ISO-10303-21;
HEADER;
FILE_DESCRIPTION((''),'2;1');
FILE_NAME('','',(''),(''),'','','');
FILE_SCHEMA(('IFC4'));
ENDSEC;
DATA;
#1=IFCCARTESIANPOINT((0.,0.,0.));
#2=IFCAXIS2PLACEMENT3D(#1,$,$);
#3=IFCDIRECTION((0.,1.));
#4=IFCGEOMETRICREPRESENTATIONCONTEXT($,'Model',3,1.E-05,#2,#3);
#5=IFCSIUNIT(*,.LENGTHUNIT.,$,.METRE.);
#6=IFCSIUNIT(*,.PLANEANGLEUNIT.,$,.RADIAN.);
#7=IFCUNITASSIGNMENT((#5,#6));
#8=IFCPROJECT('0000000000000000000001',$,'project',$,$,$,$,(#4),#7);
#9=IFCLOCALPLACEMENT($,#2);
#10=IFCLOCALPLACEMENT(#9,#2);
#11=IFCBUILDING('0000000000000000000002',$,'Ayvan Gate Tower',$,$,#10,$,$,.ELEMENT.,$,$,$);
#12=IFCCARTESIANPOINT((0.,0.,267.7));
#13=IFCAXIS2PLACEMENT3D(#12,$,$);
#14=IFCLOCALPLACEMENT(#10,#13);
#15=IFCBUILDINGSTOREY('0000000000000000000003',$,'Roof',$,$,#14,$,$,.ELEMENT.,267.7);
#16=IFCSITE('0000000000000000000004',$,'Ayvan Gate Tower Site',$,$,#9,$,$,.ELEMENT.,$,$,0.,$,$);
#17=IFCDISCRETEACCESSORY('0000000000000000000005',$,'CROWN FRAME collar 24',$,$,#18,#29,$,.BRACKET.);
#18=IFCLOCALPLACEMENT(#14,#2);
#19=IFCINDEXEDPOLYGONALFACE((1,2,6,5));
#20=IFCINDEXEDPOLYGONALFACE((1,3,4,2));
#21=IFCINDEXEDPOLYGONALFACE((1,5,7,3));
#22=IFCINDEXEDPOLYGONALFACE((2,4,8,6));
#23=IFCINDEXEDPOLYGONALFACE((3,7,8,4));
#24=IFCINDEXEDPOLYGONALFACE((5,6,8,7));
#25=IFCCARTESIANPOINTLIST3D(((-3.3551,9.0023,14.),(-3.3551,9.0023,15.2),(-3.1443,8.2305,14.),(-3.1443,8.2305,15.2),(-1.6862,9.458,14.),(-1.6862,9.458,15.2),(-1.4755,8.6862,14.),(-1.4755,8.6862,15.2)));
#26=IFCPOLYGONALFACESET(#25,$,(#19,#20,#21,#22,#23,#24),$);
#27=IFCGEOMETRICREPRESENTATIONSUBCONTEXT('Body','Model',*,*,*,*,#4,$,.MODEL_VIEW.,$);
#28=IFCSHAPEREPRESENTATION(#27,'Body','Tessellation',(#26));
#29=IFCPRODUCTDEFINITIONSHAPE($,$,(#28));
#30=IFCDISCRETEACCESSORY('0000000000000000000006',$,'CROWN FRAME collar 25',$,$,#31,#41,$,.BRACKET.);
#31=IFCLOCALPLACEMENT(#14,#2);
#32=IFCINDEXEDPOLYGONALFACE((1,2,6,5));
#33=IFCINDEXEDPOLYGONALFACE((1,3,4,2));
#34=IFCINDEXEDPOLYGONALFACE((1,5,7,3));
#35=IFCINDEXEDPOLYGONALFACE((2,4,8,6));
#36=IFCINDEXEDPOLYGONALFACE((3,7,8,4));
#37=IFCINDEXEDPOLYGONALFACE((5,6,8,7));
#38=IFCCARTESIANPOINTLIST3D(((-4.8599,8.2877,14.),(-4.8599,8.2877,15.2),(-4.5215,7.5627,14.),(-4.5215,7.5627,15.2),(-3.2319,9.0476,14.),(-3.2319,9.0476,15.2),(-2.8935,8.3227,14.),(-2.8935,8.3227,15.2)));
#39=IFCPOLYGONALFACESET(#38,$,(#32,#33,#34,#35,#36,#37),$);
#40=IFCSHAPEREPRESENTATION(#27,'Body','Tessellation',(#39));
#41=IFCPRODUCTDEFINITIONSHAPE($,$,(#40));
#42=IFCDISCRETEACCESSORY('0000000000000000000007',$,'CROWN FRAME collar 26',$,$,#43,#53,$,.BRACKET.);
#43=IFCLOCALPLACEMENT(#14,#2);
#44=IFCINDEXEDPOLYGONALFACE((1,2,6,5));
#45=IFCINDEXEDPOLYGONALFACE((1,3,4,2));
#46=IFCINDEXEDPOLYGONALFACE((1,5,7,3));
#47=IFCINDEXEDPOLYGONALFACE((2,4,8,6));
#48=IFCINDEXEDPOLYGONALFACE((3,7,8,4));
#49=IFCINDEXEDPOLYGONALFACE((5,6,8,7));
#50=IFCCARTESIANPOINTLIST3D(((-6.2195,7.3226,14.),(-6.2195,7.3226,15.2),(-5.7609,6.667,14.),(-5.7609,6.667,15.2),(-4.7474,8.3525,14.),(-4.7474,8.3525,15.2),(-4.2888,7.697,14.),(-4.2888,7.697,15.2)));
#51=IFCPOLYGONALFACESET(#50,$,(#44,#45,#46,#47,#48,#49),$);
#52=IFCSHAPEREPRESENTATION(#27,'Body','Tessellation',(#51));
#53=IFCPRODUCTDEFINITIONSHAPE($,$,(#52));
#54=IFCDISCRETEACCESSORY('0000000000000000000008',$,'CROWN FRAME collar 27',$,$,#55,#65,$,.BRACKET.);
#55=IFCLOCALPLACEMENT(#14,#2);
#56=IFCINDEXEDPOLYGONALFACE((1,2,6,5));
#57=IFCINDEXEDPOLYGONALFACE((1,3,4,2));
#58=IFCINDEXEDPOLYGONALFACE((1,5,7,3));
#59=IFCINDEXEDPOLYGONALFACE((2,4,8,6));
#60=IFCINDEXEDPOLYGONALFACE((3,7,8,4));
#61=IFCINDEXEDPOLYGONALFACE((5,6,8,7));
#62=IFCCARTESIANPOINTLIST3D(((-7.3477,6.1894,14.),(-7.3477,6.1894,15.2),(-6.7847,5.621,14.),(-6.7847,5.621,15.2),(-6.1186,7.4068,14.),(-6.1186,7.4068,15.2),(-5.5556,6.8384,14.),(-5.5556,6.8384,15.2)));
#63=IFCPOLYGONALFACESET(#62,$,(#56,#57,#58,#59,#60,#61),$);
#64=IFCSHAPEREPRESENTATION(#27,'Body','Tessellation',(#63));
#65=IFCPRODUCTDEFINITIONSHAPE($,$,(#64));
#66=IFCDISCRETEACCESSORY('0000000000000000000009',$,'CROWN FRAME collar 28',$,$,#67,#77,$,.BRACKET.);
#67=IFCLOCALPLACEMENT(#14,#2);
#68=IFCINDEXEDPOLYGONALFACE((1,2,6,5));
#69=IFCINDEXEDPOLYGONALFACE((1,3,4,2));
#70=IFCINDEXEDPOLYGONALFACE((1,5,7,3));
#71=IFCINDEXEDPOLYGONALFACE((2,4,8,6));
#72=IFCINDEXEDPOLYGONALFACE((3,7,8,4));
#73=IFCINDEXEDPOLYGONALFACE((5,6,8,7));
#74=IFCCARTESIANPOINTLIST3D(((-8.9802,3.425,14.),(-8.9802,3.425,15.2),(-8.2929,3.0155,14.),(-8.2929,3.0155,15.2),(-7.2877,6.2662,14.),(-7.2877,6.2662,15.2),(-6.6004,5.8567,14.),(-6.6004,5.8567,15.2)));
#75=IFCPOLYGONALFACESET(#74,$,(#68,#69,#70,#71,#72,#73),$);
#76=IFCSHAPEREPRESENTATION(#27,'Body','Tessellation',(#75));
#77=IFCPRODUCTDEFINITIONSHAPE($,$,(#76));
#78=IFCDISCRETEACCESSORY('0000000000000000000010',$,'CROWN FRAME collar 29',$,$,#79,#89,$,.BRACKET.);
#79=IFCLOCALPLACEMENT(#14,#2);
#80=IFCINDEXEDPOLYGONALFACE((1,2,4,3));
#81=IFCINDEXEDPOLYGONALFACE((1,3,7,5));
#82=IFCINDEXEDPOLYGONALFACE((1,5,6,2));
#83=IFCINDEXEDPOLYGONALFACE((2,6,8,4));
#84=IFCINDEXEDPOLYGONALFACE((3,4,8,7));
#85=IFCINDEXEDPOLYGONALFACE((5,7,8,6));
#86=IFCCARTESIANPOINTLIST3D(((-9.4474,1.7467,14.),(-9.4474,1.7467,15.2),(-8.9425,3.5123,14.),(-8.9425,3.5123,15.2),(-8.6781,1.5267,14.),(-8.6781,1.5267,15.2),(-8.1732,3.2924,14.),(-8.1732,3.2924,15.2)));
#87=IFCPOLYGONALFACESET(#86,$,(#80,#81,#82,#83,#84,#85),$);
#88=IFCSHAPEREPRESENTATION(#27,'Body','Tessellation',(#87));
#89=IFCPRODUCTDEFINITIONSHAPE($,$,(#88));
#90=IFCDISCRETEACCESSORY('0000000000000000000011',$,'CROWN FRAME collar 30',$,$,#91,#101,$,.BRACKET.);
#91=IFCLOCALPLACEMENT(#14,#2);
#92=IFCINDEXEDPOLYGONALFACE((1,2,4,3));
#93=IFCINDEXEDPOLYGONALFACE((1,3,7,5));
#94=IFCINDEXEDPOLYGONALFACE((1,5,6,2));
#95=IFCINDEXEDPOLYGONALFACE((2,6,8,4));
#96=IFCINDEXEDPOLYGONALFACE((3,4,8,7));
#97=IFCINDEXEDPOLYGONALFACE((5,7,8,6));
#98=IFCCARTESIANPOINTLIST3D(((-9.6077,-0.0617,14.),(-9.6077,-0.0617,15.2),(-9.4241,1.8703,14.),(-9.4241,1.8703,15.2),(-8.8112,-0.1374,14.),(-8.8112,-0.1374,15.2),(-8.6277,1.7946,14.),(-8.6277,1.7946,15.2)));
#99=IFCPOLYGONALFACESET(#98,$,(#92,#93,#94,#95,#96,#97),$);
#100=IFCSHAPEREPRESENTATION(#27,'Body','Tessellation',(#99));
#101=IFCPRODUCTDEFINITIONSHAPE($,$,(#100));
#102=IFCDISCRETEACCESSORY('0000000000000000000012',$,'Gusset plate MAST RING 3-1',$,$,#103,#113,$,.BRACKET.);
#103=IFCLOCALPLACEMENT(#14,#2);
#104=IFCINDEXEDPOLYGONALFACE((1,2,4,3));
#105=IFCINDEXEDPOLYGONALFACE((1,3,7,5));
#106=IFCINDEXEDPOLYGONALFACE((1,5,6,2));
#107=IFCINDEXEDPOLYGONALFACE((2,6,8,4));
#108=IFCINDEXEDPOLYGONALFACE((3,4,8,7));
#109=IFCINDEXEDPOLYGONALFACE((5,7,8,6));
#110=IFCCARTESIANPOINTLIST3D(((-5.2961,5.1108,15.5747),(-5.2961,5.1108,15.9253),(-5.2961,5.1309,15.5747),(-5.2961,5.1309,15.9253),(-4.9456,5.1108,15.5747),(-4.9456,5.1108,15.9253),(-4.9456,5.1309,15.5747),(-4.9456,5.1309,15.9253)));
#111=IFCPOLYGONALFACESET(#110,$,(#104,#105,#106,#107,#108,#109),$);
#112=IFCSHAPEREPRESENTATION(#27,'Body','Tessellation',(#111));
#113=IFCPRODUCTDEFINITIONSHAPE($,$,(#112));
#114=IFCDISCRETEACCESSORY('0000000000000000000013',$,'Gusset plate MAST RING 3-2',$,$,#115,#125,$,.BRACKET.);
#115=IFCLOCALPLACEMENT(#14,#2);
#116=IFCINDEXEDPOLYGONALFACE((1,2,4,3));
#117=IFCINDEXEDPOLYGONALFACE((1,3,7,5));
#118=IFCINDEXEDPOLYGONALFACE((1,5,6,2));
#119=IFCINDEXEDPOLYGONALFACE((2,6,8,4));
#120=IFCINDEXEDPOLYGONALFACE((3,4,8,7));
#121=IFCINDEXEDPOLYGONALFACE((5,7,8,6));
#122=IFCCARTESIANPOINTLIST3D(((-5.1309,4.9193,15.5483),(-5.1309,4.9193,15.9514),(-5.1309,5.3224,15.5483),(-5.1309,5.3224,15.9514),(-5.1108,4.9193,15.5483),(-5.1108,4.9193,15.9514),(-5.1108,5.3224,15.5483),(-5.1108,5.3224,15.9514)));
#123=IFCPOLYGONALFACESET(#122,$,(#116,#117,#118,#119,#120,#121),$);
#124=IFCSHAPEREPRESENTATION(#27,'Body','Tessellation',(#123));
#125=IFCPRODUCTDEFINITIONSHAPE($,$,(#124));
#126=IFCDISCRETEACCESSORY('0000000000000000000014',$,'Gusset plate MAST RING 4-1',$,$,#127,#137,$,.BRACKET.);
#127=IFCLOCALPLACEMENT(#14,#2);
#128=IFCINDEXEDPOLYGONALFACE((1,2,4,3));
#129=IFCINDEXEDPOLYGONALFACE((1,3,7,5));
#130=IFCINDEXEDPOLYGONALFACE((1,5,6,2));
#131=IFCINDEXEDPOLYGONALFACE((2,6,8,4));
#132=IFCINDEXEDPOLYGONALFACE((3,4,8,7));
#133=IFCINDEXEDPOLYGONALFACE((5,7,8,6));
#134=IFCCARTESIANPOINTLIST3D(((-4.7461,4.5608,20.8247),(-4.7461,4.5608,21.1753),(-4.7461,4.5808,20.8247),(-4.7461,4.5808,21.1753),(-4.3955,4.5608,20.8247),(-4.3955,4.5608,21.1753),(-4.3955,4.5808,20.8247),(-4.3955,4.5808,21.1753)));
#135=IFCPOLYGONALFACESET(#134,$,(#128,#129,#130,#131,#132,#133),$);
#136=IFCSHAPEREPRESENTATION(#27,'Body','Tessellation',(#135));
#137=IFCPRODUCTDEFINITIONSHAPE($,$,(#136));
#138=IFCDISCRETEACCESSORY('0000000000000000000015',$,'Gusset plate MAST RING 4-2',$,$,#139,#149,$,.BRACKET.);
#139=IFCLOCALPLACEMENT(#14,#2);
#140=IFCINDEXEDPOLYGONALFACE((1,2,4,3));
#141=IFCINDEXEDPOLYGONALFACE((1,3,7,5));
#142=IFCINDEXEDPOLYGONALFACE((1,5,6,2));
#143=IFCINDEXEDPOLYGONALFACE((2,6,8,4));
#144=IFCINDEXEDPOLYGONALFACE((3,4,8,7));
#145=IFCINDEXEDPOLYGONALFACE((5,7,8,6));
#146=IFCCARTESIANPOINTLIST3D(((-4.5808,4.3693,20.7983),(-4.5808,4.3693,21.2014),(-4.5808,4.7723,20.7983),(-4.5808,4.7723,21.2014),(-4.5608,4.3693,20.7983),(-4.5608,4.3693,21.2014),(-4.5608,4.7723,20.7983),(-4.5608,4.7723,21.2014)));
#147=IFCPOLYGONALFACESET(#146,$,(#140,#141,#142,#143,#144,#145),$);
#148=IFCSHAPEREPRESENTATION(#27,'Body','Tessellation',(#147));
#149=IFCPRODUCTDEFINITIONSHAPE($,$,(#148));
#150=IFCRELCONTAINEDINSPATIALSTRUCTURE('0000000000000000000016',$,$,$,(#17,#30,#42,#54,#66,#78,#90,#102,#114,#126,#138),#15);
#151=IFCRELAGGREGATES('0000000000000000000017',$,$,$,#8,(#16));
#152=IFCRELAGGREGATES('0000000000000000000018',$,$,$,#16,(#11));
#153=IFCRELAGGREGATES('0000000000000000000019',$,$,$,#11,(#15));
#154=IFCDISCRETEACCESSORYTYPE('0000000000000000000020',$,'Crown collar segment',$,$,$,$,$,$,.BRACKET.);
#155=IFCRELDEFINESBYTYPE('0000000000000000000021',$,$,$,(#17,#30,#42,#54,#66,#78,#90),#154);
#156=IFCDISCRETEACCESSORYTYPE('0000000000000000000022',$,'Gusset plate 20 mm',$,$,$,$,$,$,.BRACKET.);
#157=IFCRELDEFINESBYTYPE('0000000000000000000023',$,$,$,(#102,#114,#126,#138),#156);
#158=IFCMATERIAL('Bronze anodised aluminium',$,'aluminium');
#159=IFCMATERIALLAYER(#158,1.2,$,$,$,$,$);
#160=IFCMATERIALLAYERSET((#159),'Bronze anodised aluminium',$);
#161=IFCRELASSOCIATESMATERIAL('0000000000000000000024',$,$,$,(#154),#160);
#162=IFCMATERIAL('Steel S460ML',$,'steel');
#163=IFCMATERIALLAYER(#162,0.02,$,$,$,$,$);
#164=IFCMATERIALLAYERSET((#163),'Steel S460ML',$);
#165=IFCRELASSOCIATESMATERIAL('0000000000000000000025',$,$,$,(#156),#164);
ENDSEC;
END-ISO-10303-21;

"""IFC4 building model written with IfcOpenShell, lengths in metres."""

from ifc_helpers import new_model, si_unit, direction, frame, origin, origin_2d, place, context, subcontext, project, spatial, rectangle, extrude, material, layer, layer_set, type_object, element, save


model = new_model("IFC4")

# Units and contexts
model_context = context("Model", 3, precision=1e-05, world=origin(), true_north=direction((0.0, 1.0)))
body_context = subcontext(model_context, "Body", "Model", "MODEL_VIEW")
ifc_project = project(units=[si_unit("LENGTHUNIT", "METRE"), si_unit("PLANEANGLEUNIT", "RADIAN")], contexts=[model_context])

# Site, building, storey
site_placement = place(None, origin())
site = spatial("IfcSite", under=ifc_project, at=site_placement, Name="Ayvan Gate Tower Site", CompositionType="ELEMENT", RefElevation=0.0)
building_placement = place(site_placement, origin())
building = spatial("IfcBuilding", under=site, at=building_placement, Name="Ayvan Gate Tower", CompositionType="ELEMENT")
storey_placement = place(building_placement, frame((0.0, 0.0, 267.7)))
storey = spatial("IfcBuildingStorey", under=building, at=storey_placement, Name="Roof", CompositionType="ELEMENT", Elevation=267.7)

# Discrete accessories
ifc_material_1 = material(Name="Bronze anodised aluminium", Category="aluminium")
ifc_layer_1 = layer(ifc_material_1, 1.2)
ifc_layer_set_1 = layer_set([ifc_layer_1], Name="Bronze anodised aluminium")
discrete_accessory_type_1 = type_object("IfcDiscreteAccessoryType", Name="Crown collar segment", PredefinedType="BRACKET", material=ifc_layer_set_1)
discrete_accessory_1_placement = place(storey_placement, frame((-2.4153, 8.8442, 14.0), z_axis=(0.0, 0.0, 1.0), x_axis=(-0.964674, -0.263445, 0.0)))
element("IfcDiscreteAccessory", 1, at=discrete_accessory_1_placement, inside=storey, type_object=discrete_accessory_type_1, Name="CROWN FRAME collar 24", PredefinedType="BRACKET", context=body_context, shape_type="SweptSolid", body=[
    extrude(rectangle(XDim=1.73, YDim=0.8, at=origin_2d()), origin(), (0.0, 0.0, 1.0), 1.2),
])
for number, where, z_axis, x_axis, name in (
    (2, (-3.8767, 8.3052, 14.0), (0.0, 0.0, 1.0), (-0.906144, -0.42297, 0.0), "CROWN FRAME collar 25"),
    (3, (-5.2542, 7.5098, 14.0), (0.0, 0.0, 1.0), (-0.81937, -0.573265, 0.0), "CROWN FRAME collar 26"),
):
    element("IfcDiscreteAccessory", number, at=place(storey_placement, frame(where, z_axis=z_axis, x_axis=x_axis)), inside=storey, type_object=discrete_accessory_type_1, Name=name, PredefinedType="BRACKET", context=body_context, shape_type="SweptSolid", body=[
        extrude(rectangle(XDim=1.7966, YDim=0.8, at=origin_2d()), origin(), (0.0, 0.0, 1.0), 1.2),
    ])
discrete_accessory_2_placement = place(storey_placement, frame((-6.4517, 6.5139, 14.0), z_axis=(0.0, 0.0, 1.0), x_axis=(-0.710483, -0.703715, 0.0)))
element("IfcDiscreteAccessory", 4, at=discrete_accessory_2_placement, inside=storey, type_object=discrete_accessory_type_1, Name="CROWN FRAME collar 27", PredefinedType="BRACKET", context=body_context, shape_type="SweptSolid", body=[
    extrude(rectangle(XDim=1.73, YDim=0.8, at=origin_2d()), origin(), (0.0, 0.0, 1.0), 1.2),
])
discrete_accessory_3_placement = place(storey_placement, frame((-7.7903, 4.6409, 14.0), z_axis=(0.0, 0.0, 1.0), x_axis=(-0.511782, -0.859115, 0.0)))
element("IfcDiscreteAccessory", 5, at=discrete_accessory_3_placement, inside=storey, type_object=discrete_accessory_type_1, Name="CROWN FRAME collar 28", PredefinedType="BRACKET", context=body_context, shape_type="SweptSolid", body=[
    extrude(rectangle(XDim=3.3071, YDim=0.8, at=origin_2d()), origin(), (0.0, 0.0, 1.0), 1.2),
])
discrete_accessory_4_placement = place(storey_placement, frame((-8.8103, 2.5195, 14.0), z_axis=(0.0, 0.0, 1.0), x_axis=(-0.274938, -0.961462, 0.0)))
element("IfcDiscreteAccessory", 6, at=discrete_accessory_4_placement, inside=storey, type_object=discrete_accessory_type_1, Name="CROWN FRAME collar 29", PredefinedType="BRACKET", context=body_context, shape_type="SweptSolid", body=[
    extrude(rectangle(XDim=1.8364, YDim=0.8, at=origin_2d()), origin(), (0.0, 0.0, 1.0), 1.2),
])
discrete_accessory_5_placement = place(storey_placement, frame((-9.1177, 0.8665, 14.0), z_axis=(0.0, 0.0, 1.0), x_axis=(-0.094593, -0.995516, 0.0)))
element("IfcDiscreteAccessory", 7, at=discrete_accessory_5_placement, inside=storey, type_object=discrete_accessory_type_1, Name="CROWN FRAME collar 30", PredefinedType="BRACKET", context=body_context, shape_type="SweptSolid", body=[
    extrude(rectangle(XDim=1.9407, YDim=0.8, at=origin_2d()), origin(), (0.0, 0.0, 1.0), 1.2),
])
ifc_material_2 = material(Name="Steel S460ML", Category="steel")
ifc_layer_2 = layer(ifc_material_2, 0.02)
ifc_layer_set_2 = layer_set([ifc_layer_2], Name="Steel S460ML")
discrete_accessory_type_2 = type_object("IfcDiscreteAccessoryType", Name="Gusset plate 20 mm", PredefinedType="BRACKET", material=ifc_layer_set_2)
discrete_accessory_6_placement = place(storey_placement, frame((-5.1208, 5.1208, 15.5747), z_axis=(0.0, 0.0, 1.0), x_axis=(1.0, 0.0, 0.0)))
element("IfcDiscreteAccessory", 8, at=discrete_accessory_6_placement, inside=storey, type_object=discrete_accessory_type_2, Name="Gusset plate MAST RING 3-1", PredefinedType="BRACKET", context=body_context, shape_type="SweptSolid", body=[
    extrude(rectangle(XDim=0.3506, YDim=0.02, at=origin_2d()), origin(), (0.0, 0.0, 1.0), 0.3506),
])
discrete_accessory_7_placement = place(storey_placement, frame((-5.1208, 5.1208, 15.5483), z_axis=(0.0, 0.0, 1.0), x_axis=(0.0, 1.0, 0.0)))
element("IfcDiscreteAccessory", 9, at=discrete_accessory_7_placement, inside=storey, type_object=discrete_accessory_type_2, Name="Gusset plate MAST RING 3-2", PredefinedType="BRACKET", context=body_context, shape_type="SweptSolid", body=[
    extrude(rectangle(XDim=0.4031, YDim=0.02, at=origin_2d()), origin(), (0.0, 0.0, 1.0), 0.4031),
])
discrete_accessory_8_placement = place(storey_placement, frame((-4.5708, 4.5708, 20.8247), z_axis=(0.0, 0.0, 1.0), x_axis=(1.0, 0.0, 0.0)))
element("IfcDiscreteAccessory", 10, at=discrete_accessory_8_placement, inside=storey, type_object=discrete_accessory_type_2, Name="Gusset plate MAST RING 4-1", PredefinedType="BRACKET", context=body_context, shape_type="SweptSolid", body=[
    extrude(rectangle(XDim=0.3506, YDim=0.02, at=origin_2d()), origin(), (0.0, 0.0, 1.0), 0.3506),
])
discrete_accessory_9_placement = place(storey_placement, frame((-4.5708, 4.5708, 20.7983), z_axis=(0.0, 0.0, 1.0), x_axis=(0.0, 1.0, 0.0)))
element("IfcDiscreteAccessory", 11, at=discrete_accessory_9_placement, inside=storey, type_object=discrete_accessory_type_2, Name="Gusset plate MAST RING 4-2", PredefinedType="BRACKET", context=body_context, shape_type="SweptSolid", body=[
    extrude(rectangle(XDim=0.4031, YDim=0.02, at=origin_2d()), origin(), (0.0, 0.0, 1.0), 0.4031),
])

save(model, "model.ifc")
